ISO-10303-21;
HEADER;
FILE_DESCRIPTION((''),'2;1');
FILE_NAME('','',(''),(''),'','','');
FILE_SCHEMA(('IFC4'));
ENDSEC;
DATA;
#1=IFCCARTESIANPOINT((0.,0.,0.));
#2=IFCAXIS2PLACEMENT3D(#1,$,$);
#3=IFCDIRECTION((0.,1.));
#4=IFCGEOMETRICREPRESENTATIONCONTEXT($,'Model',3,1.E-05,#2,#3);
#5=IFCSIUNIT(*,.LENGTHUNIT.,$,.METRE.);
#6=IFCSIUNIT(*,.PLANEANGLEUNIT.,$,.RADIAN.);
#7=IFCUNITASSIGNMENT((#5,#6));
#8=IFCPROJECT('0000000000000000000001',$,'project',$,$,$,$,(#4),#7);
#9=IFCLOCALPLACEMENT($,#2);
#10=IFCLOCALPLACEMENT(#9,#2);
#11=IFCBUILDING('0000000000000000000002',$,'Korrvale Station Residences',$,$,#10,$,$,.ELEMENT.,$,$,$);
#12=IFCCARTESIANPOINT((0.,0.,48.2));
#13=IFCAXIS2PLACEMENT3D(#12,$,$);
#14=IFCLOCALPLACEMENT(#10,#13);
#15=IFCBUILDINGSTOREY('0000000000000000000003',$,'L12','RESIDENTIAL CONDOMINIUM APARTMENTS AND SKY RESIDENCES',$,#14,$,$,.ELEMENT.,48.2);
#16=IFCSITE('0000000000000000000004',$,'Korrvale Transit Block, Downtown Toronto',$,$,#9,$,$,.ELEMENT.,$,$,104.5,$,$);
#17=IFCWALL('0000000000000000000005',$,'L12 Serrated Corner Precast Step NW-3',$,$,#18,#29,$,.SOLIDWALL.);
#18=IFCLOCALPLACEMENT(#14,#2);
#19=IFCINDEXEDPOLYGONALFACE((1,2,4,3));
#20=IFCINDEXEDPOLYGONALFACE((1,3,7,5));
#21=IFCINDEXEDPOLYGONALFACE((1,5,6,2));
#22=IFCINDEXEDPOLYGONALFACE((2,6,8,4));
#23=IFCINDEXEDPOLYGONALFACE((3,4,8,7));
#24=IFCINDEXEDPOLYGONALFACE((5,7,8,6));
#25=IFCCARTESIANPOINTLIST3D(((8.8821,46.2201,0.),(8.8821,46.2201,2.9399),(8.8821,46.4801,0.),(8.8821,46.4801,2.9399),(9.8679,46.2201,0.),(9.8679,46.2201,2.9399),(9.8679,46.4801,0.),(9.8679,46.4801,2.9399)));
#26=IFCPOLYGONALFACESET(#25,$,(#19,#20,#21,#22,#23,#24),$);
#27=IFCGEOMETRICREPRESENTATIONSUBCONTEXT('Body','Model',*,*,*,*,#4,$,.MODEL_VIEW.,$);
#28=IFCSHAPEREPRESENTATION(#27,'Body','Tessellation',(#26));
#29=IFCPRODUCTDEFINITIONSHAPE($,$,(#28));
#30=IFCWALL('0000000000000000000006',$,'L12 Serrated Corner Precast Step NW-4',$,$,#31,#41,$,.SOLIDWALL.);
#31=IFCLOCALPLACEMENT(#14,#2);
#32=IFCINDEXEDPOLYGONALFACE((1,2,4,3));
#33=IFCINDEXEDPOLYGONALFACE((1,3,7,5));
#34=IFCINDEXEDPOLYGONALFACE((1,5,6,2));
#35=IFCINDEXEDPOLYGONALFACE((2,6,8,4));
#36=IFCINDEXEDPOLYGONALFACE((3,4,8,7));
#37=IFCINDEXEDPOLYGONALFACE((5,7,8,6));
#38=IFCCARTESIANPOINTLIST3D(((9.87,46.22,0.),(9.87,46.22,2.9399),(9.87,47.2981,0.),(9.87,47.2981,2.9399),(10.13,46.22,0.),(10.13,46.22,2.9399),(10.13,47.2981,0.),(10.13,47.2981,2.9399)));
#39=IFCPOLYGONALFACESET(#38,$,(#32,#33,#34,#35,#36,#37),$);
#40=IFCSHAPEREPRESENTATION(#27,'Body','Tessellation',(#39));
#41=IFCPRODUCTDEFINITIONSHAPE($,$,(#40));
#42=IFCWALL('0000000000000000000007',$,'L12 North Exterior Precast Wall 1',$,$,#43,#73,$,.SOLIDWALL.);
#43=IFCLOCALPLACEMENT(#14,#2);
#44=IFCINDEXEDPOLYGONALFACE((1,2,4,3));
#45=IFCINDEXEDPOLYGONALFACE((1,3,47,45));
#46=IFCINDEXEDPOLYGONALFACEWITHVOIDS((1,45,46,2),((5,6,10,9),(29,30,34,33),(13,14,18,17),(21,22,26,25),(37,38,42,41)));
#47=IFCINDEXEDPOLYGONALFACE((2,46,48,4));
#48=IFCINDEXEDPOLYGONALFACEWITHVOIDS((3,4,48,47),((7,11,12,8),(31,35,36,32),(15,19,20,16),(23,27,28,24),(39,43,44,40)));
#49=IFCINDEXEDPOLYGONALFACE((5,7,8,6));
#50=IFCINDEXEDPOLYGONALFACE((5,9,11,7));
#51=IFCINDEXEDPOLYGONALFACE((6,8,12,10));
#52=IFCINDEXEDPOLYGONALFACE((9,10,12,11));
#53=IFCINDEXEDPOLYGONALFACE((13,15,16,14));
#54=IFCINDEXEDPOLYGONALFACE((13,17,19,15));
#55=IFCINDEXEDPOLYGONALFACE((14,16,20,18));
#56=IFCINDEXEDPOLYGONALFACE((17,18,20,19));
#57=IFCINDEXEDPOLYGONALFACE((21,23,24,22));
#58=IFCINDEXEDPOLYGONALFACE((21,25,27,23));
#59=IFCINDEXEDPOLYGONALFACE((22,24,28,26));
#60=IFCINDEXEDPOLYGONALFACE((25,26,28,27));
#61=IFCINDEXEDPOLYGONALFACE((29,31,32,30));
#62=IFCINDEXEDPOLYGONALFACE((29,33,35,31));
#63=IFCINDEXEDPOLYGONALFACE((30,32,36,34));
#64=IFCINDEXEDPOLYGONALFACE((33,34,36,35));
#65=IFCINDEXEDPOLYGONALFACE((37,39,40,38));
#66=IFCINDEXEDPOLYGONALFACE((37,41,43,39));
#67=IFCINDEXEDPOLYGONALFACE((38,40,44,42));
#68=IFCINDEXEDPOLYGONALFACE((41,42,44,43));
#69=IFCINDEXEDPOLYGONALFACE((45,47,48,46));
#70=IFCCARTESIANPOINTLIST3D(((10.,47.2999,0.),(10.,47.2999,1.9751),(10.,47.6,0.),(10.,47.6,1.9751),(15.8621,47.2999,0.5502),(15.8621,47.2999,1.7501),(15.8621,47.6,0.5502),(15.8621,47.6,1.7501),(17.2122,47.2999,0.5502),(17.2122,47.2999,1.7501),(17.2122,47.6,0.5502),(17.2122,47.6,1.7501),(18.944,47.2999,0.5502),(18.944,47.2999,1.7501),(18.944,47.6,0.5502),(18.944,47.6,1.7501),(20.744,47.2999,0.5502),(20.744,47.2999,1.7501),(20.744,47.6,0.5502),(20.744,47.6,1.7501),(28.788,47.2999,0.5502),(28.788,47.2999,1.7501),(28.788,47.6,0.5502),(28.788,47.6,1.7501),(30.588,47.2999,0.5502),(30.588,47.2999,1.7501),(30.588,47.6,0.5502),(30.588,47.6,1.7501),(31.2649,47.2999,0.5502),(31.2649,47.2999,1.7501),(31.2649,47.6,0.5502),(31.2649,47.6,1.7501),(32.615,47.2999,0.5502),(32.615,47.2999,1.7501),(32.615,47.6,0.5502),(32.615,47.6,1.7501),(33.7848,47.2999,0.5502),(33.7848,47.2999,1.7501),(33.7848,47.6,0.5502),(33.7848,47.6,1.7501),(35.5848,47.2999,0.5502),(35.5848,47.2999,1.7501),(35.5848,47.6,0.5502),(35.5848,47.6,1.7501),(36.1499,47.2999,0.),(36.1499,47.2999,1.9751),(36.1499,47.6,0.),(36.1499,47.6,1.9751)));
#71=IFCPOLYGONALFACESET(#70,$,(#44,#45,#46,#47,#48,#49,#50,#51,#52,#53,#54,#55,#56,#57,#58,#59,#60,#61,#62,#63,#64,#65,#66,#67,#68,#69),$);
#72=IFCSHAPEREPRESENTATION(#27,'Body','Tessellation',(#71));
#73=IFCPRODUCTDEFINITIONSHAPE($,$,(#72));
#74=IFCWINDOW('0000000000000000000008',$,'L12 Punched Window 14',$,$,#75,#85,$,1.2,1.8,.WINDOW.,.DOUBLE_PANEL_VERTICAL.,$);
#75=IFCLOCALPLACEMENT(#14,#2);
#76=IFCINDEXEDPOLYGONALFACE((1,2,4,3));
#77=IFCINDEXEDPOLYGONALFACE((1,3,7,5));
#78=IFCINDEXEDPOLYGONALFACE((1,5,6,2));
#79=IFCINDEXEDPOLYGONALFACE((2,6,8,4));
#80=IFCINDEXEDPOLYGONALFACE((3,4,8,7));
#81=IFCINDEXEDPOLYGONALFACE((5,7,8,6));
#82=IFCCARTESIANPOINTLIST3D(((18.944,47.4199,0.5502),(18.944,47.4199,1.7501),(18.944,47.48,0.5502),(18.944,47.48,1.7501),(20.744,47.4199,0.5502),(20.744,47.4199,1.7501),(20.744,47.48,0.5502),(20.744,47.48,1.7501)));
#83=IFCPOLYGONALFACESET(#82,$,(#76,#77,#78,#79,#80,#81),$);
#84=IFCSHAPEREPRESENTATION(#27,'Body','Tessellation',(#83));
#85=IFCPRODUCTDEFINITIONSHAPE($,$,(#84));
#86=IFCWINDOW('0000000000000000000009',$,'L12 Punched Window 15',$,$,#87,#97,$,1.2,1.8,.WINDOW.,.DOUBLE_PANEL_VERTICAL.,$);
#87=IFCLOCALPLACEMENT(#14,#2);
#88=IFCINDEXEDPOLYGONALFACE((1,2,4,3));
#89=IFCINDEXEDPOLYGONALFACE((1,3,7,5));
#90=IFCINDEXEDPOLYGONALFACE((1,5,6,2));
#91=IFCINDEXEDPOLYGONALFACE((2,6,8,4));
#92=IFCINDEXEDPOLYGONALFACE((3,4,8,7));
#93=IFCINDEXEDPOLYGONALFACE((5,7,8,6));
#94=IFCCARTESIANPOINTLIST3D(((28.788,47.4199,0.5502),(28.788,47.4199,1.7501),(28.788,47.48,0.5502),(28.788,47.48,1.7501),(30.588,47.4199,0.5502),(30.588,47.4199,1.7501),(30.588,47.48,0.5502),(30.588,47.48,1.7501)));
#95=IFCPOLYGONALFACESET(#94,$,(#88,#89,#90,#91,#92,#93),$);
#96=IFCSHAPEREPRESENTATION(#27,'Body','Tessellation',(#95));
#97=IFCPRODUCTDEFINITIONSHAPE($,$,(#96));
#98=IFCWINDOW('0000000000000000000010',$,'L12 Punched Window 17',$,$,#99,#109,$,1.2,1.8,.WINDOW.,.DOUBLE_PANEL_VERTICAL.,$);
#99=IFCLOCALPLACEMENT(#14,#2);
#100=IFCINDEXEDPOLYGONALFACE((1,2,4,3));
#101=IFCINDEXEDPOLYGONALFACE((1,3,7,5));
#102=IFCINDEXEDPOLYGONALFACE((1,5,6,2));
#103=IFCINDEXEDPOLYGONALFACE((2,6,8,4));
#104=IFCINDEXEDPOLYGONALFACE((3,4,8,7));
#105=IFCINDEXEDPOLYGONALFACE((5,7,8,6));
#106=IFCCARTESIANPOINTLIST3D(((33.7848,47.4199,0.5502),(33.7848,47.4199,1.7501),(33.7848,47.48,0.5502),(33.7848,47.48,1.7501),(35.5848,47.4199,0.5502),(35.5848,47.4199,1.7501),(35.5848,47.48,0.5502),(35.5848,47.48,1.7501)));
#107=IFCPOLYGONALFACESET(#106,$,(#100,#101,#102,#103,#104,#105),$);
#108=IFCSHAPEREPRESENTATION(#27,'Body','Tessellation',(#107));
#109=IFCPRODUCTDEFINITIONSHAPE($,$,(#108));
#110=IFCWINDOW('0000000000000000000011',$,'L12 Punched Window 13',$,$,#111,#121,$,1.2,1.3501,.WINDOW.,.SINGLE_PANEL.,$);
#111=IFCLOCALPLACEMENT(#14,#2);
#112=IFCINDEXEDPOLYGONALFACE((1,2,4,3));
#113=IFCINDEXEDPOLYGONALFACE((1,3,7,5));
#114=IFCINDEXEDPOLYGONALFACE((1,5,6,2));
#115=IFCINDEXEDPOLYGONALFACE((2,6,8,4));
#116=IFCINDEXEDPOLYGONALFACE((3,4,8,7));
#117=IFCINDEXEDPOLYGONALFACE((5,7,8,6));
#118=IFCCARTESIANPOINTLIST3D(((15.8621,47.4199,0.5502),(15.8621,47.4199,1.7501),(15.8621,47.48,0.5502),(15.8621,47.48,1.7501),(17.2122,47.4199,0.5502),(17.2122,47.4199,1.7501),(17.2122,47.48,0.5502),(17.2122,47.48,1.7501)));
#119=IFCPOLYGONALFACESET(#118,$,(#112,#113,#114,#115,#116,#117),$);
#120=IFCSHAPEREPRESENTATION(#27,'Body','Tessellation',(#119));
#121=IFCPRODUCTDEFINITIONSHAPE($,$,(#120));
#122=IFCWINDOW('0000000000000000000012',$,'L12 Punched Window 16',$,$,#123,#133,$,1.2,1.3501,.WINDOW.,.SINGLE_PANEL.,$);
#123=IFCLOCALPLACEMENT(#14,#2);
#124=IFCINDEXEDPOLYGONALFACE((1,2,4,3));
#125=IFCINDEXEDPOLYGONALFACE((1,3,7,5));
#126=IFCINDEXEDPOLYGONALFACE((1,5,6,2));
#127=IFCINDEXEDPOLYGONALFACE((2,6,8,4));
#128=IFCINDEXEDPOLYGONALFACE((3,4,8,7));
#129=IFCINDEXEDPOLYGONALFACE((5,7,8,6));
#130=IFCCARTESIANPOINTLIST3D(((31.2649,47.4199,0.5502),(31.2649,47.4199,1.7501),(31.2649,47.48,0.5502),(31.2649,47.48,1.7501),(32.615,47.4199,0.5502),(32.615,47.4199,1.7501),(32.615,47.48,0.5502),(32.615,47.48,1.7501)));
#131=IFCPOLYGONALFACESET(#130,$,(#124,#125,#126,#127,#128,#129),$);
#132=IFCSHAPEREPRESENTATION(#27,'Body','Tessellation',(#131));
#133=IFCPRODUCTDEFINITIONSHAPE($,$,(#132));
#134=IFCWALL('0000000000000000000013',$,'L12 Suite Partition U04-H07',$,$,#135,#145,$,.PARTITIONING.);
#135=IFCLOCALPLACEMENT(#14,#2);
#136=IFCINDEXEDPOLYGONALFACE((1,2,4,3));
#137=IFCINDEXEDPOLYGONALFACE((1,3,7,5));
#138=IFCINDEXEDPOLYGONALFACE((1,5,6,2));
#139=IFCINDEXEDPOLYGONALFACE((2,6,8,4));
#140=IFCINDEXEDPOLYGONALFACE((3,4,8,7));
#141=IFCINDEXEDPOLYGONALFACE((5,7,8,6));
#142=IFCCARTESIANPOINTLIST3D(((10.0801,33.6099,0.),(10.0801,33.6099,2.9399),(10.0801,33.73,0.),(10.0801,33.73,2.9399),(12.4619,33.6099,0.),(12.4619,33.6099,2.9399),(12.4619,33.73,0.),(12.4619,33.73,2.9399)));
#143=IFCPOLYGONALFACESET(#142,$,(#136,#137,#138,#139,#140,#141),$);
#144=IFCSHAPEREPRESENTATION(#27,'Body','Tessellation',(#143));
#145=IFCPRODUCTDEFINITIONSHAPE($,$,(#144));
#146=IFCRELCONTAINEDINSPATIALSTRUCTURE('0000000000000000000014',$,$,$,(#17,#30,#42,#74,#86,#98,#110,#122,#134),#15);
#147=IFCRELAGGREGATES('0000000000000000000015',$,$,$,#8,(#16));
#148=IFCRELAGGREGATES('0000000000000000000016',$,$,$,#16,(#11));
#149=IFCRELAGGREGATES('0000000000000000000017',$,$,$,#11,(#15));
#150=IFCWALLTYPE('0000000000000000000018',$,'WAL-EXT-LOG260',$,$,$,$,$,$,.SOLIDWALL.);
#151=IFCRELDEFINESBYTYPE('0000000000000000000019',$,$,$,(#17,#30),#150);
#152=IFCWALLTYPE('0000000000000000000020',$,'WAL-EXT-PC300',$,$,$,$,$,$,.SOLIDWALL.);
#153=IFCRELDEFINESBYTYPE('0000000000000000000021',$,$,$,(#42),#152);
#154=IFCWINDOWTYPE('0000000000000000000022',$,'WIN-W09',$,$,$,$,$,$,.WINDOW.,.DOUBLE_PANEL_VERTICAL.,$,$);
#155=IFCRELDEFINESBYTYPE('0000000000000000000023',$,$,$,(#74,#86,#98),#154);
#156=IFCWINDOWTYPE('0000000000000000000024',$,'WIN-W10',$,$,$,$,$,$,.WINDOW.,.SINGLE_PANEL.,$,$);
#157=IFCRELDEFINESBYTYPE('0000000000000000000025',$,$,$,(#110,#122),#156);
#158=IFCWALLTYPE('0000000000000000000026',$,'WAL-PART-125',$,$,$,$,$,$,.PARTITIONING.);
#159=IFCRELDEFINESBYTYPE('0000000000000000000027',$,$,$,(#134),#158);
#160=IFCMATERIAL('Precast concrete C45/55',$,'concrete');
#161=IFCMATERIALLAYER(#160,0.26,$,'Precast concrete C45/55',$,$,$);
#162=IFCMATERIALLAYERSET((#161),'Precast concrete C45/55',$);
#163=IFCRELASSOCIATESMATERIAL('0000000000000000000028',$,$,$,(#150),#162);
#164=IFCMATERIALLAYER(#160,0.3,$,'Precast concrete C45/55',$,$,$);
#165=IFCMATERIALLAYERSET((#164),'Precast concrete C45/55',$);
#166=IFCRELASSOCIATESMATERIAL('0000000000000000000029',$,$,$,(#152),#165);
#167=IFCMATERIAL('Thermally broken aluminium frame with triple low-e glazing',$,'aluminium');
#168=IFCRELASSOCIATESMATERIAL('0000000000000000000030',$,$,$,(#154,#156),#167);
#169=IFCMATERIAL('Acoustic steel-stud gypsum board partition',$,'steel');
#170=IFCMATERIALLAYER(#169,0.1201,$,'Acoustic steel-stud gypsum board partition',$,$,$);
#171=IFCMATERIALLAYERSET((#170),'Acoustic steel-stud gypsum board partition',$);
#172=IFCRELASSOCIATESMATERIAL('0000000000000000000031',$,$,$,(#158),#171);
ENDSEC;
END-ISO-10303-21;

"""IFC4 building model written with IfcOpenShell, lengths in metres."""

from ifc_helpers import new_model, si_unit, direction, frame, frame_2d, origin, place, context, subcontext, project, spatial, rectangle, extrude, material, layer, layer_set, type_object, element, fill, save


model = new_model("IFC4")

# Units and contexts
model_context = context("Model", 3, precision=1e-05, world=origin(), true_north=direction((0.0, 1.0)))
body_context = subcontext(model_context, "Body", "Model", "MODEL_VIEW")
ifc_project = project(units=[si_unit("LENGTHUNIT", "METRE"), si_unit("PLANEANGLEUNIT", "RADIAN")], contexts=[model_context])

# Site, building, storey
site_placement = place(None, origin())
site = spatial("IfcSite", under=ifc_project, at=site_placement, Name="Korrvale Transit Block, Downtown Toronto", CompositionType="ELEMENT", RefElevation=104.5)
building_placement = place(site_placement, origin())
building = spatial("IfcBuilding", under=site, at=building_placement, Name="Korrvale Station Residences", CompositionType="ELEMENT")
storey_placement = place(building_placement, frame((0.0, 0.0, 48.2)))
storey = spatial("IfcBuildingStorey", under=building, at=storey_placement, Name="L12", Description="RESIDENTIAL CONDOMINIUM APARTMENTS AND SKY RESIDENCES", CompositionType="ELEMENT", Elevation=48.2)

# Walls
ifc_material_1 = material(Name="Precast concrete C45/55", Category="concrete")
ifc_layer_1 = layer(ifc_material_1, 0.26, Name="Precast concrete C45/55")
ifc_layer_set_1 = layer_set([ifc_layer_1], Name="Precast concrete C45/55")
wall_type_1 = type_object("IfcWallType", Name="WAL-EXT-LOG260", PredefinedType="SOLIDWALL", material=ifc_layer_set_1)
wall_1_placement = place(storey_placement, frame((8.8821, 46.3501, 0.0), z_axis=(0.0, 0.0, 1.0), x_axis=(1.0, 0.0, 0.0)))
element("IfcWall", 1, at=wall_1_placement, inside=storey, type_object=wall_type_1, Name="L12 Serrated Corner Precast Step NW-3", PredefinedType="SOLIDWALL", context=body_context, shape_type="SweptSolid", body=[
    extrude(rectangle(XDim=0.9858, YDim=0.26, at=frame_2d((0.4929, 0.0))), origin(), (0.0, 0.0, 1.0), 2.9399),
])
wall_2_placement = place(storey_placement, frame((10.0, 46.22, 0.0), z_axis=(0.0, 0.0, 1.0), x_axis=(0.0, 1.0, 0.0)))
element("IfcWall", 2, at=wall_2_placement, inside=storey, type_object=wall_type_1, Name="L12 Serrated Corner Precast Step NW-4", PredefinedType="SOLIDWALL", context=body_context, shape_type="SweptSolid", body=[
    extrude(rectangle(XDim=1.0781, YDim=0.26, at=frame_2d((0.5391, 0.0))), origin(), (0.0, 0.0, 1.0), 2.9399),
])

# Wall, openings, windows
ifc_layer_2 = layer(ifc_material_1, 0.3, Name="Precast concrete C45/55")
ifc_layer_set_2 = layer_set([ifc_layer_2], Name="Precast concrete C45/55")
wall_type_2 = type_object("IfcWallType", Name="WAL-EXT-PC300", PredefinedType="SOLIDWALL", material=ifc_layer_set_2)
wall_3_placement = place(storey_placement, frame((10.0, 47.45, 0.0), z_axis=(0.0, 0.0, 1.0), x_axis=(1.0, 0.0, 0.0)))
wall_3 = element("IfcWall", 3, at=wall_3_placement, inside=storey, type_object=wall_type_2, Name="L12 North Exterior Precast Wall 1", PredefinedType="SOLIDWALL", context=body_context, shape_type="SweptSolid", body=[
    extrude(rectangle(XDim=26.1499, YDim=0.3, at=frame_2d((13.075, 0.0))), origin(), (0.0, 0.0, 1.0), 1.9751),
])
opening_1_placement = place(wall_3_placement, frame((5.8621, 0.0, 0.55)))
opening_1 = element("IfcOpeningElement", 4, at=opening_1_placement, cuts=wall_3, PredefinedType="OPENING", context=body_context, shape_type="SweptSolid", body=[
    extrude(rectangle(XDim=1.3501, YDim=1.2, at=frame_2d((0.675, 0.6001))), frame((0.0, 0.1602, 0.0), z_axis=(0.0, -1.0, 0.0), x_axis=(1.0, 0.0, 0.0)), (0.0, 0.0, 1.0), 0.3201),
])
opening_2_placement = place(wall_3_placement, frame((8.9441, 0.0, 0.55)))
opening_2 = element("IfcOpeningElement", 5, at=opening_2_placement, cuts=wall_3, PredefinedType="OPENING", context=body_context, shape_type="SweptSolid", body=[
    extrude(rectangle(XDim=1.8, YDim=1.2, at=frame_2d((0.8999, 0.6001))), frame((0.0, 0.1602, 0.0), z_axis=(0.0, -1.0, 0.0), x_axis=(1.0, 0.0, 0.0)), (0.0, 0.0, 1.0), 0.3201),
])
opening_3_placement = place(wall_3_placement, frame((18.7881, 0.0, 0.55)))
opening_3 = element("IfcOpeningElement", 6, at=opening_3_placement, cuts=wall_3, PredefinedType="OPENING", context=body_context, shape_type="SweptSolid", body=[
    extrude(rectangle(XDim=1.8, YDim=1.2, at=frame_2d((0.8999, 0.6001))), frame((0.0, 0.1602, 0.0), z_axis=(0.0, -1.0, 0.0), x_axis=(1.0, 0.0, 0.0)), (0.0, 0.0, 1.0), 0.3201),
])
opening_4_placement = place(wall_3_placement, frame((21.2649, 0.0, 0.55)))
opening_4 = element("IfcOpeningElement", 7, at=opening_4_placement, cuts=wall_3, PredefinedType="OPENING", context=body_context, shape_type="SweptSolid", body=[
    extrude(rectangle(XDim=1.3501, YDim=1.2, at=frame_2d((0.675, 0.6001))), frame((0.0, 0.1602, 0.0), z_axis=(0.0, -1.0, 0.0), x_axis=(1.0, 0.0, 0.0)), (0.0, 0.0, 1.0), 0.3201),
])
opening_5_placement = place(wall_3_placement, frame((23.7849, 0.0, 0.55)))
opening_5 = element("IfcOpeningElement", 8, at=opening_5_placement, cuts=wall_3, PredefinedType="OPENING", context=body_context, shape_type="SweptSolid", body=[
    extrude(rectangle(XDim=1.8, YDim=1.2, at=frame_2d((0.8999, 0.6001))), frame((0.0, 0.1602, 0.0), z_axis=(0.0, -1.0, 0.0), x_axis=(1.0, 0.0, 0.0)), (0.0, 0.0, 1.0), 0.3201),
])
ifc_material_2 = material(Name="Thermally broken aluminium frame with triple low-e glazing", Category="aluminium")
window_type_1 = type_object("IfcWindowType", Name="WIN-W09", PartitioningType="DOUBLE_PANEL_VERTICAL", PredefinedType="WINDOW", material=ifc_material_2)
window_1_placement = place(opening_2_placement, origin())
window_1 = element("IfcWindow", 9, at=window_1_placement, inside=storey, type_object=window_type_1, Name="L12 Punched Window 14", OverallHeight=1.2, OverallWidth=1.8, PartitioningType="DOUBLE_PANEL_VERTICAL", PredefinedType="WINDOW", context=body_context, shape_type="SweptSolid", body=[
    extrude(rectangle(XDim=1.8, YDim=1.2, at=frame_2d((0.8999, 0.6001))), frame((0.0, 0.03, 0.0), z_axis=(0.0, -1.0, 0.0), x_axis=(1.0, 0.0, 0.0)), (0.0, 0.0, 1.0), 0.0601),
])
fill(opening_2, window_1)
window_2_placement = place(opening_3_placement, origin())
window_2 = element("IfcWindow", 10, at=window_2_placement, inside=storey, type_object=window_type_1, Name="L12 Punched Window 15", OverallHeight=1.2, OverallWidth=1.8, PartitioningType="DOUBLE_PANEL_VERTICAL", PredefinedType="WINDOW", context=body_context, shape_type="SweptSolid", body=[
    extrude(rectangle(XDim=1.8, YDim=1.2, at=frame_2d((0.8999, 0.6001))), frame((0.0, 0.03, 0.0), z_axis=(0.0, -1.0, 0.0), x_axis=(1.0, 0.0, 0.0)), (0.0, 0.0, 1.0), 0.0601),
])
fill(opening_3, window_2)
window_3_placement = place(opening_5_placement, origin())
window_3 = element("IfcWindow", 11, at=window_3_placement, inside=storey, type_object=window_type_1, Name="L12 Punched Window 17", OverallHeight=1.2, OverallWidth=1.8, PartitioningType="DOUBLE_PANEL_VERTICAL", PredefinedType="WINDOW", context=body_context, shape_type="SweptSolid", body=[
    extrude(rectangle(XDim=1.8, YDim=1.2, at=frame_2d((0.8999, 0.6001))), frame((0.0, 0.03, 0.0), z_axis=(0.0, -1.0, 0.0), x_axis=(1.0, 0.0, 0.0)), (0.0, 0.0, 1.0), 0.0601),
])
fill(opening_5, window_3)
window_type_2 = type_object("IfcWindowType", Name="WIN-W10", PartitioningType="SINGLE_PANEL", PredefinedType="WINDOW", material=ifc_material_2)
window_4_placement = place(opening_1_placement, origin())
window_4 = element("IfcWindow", 12, at=window_4_placement, inside=storey, type_object=window_type_2, Name="L12 Punched Window 13", OverallHeight=1.2, OverallWidth=1.3501, PartitioningType="SINGLE_PANEL", PredefinedType="WINDOW", context=body_context, shape_type="SweptSolid", body=[
    extrude(rectangle(XDim=1.3501, YDim=1.2, at=frame_2d((0.675, 0.6001))), frame((0.0, 0.03, 0.0), z_axis=(0.0, -1.0, 0.0), x_axis=(1.0, 0.0, 0.0)), (0.0, 0.0, 1.0), 0.0601),
])
fill(opening_1, window_4)
window_5_placement = place(opening_4_placement, origin())
window_5 = element("IfcWindow", 13, at=window_5_placement, inside=storey, type_object=window_type_2, Name="L12 Punched Window 16", OverallHeight=1.2, OverallWidth=1.3501, PartitioningType="SINGLE_PANEL", PredefinedType="WINDOW", context=body_context, shape_type="SweptSolid", body=[
    extrude(rectangle(XDim=1.3501, YDim=1.2, at=frame_2d((0.675, 0.6001))), frame((0.0, 0.03, 0.0), z_axis=(0.0, -1.0, 0.0), x_axis=(1.0, 0.0, 0.0)), (0.0, 0.0, 1.0), 0.0601),
])
fill(opening_4, window_5)

# Wall
ifc_material_3 = material(Name="Acoustic steel-stud gypsum board partition", Category="steel")
ifc_layer_3 = layer(ifc_material_3, 0.1201, Name="Acoustic steel-stud gypsum board partition")
ifc_layer_set_3 = layer_set([ifc_layer_3], Name="Acoustic steel-stud gypsum board partition")
wall_type_3 = type_object("IfcWallType", Name="WAL-PART-125", PredefinedType="PARTITIONING", material=ifc_layer_set_3)
wall_4_placement = place(storey_placement, frame((10.0801, 33.6699, 0.0), z_axis=(0.0, 0.0, 1.0), x_axis=(1.0, 0.0, 0.0)))
element("IfcWall", 14, at=wall_4_placement, inside=storey, type_object=wall_type_3, Name="L12 Suite Partition U04-H07", PredefinedType="PARTITIONING", context=body_context, shape_type="SweptSolid", body=[
    extrude(rectangle(XDim=2.3818, YDim=0.1201, at=frame_2d((1.1909, 0.0))), origin(), (0.0, 0.0, 1.0), 2.9399),
])

save(model, "model.ifc")
